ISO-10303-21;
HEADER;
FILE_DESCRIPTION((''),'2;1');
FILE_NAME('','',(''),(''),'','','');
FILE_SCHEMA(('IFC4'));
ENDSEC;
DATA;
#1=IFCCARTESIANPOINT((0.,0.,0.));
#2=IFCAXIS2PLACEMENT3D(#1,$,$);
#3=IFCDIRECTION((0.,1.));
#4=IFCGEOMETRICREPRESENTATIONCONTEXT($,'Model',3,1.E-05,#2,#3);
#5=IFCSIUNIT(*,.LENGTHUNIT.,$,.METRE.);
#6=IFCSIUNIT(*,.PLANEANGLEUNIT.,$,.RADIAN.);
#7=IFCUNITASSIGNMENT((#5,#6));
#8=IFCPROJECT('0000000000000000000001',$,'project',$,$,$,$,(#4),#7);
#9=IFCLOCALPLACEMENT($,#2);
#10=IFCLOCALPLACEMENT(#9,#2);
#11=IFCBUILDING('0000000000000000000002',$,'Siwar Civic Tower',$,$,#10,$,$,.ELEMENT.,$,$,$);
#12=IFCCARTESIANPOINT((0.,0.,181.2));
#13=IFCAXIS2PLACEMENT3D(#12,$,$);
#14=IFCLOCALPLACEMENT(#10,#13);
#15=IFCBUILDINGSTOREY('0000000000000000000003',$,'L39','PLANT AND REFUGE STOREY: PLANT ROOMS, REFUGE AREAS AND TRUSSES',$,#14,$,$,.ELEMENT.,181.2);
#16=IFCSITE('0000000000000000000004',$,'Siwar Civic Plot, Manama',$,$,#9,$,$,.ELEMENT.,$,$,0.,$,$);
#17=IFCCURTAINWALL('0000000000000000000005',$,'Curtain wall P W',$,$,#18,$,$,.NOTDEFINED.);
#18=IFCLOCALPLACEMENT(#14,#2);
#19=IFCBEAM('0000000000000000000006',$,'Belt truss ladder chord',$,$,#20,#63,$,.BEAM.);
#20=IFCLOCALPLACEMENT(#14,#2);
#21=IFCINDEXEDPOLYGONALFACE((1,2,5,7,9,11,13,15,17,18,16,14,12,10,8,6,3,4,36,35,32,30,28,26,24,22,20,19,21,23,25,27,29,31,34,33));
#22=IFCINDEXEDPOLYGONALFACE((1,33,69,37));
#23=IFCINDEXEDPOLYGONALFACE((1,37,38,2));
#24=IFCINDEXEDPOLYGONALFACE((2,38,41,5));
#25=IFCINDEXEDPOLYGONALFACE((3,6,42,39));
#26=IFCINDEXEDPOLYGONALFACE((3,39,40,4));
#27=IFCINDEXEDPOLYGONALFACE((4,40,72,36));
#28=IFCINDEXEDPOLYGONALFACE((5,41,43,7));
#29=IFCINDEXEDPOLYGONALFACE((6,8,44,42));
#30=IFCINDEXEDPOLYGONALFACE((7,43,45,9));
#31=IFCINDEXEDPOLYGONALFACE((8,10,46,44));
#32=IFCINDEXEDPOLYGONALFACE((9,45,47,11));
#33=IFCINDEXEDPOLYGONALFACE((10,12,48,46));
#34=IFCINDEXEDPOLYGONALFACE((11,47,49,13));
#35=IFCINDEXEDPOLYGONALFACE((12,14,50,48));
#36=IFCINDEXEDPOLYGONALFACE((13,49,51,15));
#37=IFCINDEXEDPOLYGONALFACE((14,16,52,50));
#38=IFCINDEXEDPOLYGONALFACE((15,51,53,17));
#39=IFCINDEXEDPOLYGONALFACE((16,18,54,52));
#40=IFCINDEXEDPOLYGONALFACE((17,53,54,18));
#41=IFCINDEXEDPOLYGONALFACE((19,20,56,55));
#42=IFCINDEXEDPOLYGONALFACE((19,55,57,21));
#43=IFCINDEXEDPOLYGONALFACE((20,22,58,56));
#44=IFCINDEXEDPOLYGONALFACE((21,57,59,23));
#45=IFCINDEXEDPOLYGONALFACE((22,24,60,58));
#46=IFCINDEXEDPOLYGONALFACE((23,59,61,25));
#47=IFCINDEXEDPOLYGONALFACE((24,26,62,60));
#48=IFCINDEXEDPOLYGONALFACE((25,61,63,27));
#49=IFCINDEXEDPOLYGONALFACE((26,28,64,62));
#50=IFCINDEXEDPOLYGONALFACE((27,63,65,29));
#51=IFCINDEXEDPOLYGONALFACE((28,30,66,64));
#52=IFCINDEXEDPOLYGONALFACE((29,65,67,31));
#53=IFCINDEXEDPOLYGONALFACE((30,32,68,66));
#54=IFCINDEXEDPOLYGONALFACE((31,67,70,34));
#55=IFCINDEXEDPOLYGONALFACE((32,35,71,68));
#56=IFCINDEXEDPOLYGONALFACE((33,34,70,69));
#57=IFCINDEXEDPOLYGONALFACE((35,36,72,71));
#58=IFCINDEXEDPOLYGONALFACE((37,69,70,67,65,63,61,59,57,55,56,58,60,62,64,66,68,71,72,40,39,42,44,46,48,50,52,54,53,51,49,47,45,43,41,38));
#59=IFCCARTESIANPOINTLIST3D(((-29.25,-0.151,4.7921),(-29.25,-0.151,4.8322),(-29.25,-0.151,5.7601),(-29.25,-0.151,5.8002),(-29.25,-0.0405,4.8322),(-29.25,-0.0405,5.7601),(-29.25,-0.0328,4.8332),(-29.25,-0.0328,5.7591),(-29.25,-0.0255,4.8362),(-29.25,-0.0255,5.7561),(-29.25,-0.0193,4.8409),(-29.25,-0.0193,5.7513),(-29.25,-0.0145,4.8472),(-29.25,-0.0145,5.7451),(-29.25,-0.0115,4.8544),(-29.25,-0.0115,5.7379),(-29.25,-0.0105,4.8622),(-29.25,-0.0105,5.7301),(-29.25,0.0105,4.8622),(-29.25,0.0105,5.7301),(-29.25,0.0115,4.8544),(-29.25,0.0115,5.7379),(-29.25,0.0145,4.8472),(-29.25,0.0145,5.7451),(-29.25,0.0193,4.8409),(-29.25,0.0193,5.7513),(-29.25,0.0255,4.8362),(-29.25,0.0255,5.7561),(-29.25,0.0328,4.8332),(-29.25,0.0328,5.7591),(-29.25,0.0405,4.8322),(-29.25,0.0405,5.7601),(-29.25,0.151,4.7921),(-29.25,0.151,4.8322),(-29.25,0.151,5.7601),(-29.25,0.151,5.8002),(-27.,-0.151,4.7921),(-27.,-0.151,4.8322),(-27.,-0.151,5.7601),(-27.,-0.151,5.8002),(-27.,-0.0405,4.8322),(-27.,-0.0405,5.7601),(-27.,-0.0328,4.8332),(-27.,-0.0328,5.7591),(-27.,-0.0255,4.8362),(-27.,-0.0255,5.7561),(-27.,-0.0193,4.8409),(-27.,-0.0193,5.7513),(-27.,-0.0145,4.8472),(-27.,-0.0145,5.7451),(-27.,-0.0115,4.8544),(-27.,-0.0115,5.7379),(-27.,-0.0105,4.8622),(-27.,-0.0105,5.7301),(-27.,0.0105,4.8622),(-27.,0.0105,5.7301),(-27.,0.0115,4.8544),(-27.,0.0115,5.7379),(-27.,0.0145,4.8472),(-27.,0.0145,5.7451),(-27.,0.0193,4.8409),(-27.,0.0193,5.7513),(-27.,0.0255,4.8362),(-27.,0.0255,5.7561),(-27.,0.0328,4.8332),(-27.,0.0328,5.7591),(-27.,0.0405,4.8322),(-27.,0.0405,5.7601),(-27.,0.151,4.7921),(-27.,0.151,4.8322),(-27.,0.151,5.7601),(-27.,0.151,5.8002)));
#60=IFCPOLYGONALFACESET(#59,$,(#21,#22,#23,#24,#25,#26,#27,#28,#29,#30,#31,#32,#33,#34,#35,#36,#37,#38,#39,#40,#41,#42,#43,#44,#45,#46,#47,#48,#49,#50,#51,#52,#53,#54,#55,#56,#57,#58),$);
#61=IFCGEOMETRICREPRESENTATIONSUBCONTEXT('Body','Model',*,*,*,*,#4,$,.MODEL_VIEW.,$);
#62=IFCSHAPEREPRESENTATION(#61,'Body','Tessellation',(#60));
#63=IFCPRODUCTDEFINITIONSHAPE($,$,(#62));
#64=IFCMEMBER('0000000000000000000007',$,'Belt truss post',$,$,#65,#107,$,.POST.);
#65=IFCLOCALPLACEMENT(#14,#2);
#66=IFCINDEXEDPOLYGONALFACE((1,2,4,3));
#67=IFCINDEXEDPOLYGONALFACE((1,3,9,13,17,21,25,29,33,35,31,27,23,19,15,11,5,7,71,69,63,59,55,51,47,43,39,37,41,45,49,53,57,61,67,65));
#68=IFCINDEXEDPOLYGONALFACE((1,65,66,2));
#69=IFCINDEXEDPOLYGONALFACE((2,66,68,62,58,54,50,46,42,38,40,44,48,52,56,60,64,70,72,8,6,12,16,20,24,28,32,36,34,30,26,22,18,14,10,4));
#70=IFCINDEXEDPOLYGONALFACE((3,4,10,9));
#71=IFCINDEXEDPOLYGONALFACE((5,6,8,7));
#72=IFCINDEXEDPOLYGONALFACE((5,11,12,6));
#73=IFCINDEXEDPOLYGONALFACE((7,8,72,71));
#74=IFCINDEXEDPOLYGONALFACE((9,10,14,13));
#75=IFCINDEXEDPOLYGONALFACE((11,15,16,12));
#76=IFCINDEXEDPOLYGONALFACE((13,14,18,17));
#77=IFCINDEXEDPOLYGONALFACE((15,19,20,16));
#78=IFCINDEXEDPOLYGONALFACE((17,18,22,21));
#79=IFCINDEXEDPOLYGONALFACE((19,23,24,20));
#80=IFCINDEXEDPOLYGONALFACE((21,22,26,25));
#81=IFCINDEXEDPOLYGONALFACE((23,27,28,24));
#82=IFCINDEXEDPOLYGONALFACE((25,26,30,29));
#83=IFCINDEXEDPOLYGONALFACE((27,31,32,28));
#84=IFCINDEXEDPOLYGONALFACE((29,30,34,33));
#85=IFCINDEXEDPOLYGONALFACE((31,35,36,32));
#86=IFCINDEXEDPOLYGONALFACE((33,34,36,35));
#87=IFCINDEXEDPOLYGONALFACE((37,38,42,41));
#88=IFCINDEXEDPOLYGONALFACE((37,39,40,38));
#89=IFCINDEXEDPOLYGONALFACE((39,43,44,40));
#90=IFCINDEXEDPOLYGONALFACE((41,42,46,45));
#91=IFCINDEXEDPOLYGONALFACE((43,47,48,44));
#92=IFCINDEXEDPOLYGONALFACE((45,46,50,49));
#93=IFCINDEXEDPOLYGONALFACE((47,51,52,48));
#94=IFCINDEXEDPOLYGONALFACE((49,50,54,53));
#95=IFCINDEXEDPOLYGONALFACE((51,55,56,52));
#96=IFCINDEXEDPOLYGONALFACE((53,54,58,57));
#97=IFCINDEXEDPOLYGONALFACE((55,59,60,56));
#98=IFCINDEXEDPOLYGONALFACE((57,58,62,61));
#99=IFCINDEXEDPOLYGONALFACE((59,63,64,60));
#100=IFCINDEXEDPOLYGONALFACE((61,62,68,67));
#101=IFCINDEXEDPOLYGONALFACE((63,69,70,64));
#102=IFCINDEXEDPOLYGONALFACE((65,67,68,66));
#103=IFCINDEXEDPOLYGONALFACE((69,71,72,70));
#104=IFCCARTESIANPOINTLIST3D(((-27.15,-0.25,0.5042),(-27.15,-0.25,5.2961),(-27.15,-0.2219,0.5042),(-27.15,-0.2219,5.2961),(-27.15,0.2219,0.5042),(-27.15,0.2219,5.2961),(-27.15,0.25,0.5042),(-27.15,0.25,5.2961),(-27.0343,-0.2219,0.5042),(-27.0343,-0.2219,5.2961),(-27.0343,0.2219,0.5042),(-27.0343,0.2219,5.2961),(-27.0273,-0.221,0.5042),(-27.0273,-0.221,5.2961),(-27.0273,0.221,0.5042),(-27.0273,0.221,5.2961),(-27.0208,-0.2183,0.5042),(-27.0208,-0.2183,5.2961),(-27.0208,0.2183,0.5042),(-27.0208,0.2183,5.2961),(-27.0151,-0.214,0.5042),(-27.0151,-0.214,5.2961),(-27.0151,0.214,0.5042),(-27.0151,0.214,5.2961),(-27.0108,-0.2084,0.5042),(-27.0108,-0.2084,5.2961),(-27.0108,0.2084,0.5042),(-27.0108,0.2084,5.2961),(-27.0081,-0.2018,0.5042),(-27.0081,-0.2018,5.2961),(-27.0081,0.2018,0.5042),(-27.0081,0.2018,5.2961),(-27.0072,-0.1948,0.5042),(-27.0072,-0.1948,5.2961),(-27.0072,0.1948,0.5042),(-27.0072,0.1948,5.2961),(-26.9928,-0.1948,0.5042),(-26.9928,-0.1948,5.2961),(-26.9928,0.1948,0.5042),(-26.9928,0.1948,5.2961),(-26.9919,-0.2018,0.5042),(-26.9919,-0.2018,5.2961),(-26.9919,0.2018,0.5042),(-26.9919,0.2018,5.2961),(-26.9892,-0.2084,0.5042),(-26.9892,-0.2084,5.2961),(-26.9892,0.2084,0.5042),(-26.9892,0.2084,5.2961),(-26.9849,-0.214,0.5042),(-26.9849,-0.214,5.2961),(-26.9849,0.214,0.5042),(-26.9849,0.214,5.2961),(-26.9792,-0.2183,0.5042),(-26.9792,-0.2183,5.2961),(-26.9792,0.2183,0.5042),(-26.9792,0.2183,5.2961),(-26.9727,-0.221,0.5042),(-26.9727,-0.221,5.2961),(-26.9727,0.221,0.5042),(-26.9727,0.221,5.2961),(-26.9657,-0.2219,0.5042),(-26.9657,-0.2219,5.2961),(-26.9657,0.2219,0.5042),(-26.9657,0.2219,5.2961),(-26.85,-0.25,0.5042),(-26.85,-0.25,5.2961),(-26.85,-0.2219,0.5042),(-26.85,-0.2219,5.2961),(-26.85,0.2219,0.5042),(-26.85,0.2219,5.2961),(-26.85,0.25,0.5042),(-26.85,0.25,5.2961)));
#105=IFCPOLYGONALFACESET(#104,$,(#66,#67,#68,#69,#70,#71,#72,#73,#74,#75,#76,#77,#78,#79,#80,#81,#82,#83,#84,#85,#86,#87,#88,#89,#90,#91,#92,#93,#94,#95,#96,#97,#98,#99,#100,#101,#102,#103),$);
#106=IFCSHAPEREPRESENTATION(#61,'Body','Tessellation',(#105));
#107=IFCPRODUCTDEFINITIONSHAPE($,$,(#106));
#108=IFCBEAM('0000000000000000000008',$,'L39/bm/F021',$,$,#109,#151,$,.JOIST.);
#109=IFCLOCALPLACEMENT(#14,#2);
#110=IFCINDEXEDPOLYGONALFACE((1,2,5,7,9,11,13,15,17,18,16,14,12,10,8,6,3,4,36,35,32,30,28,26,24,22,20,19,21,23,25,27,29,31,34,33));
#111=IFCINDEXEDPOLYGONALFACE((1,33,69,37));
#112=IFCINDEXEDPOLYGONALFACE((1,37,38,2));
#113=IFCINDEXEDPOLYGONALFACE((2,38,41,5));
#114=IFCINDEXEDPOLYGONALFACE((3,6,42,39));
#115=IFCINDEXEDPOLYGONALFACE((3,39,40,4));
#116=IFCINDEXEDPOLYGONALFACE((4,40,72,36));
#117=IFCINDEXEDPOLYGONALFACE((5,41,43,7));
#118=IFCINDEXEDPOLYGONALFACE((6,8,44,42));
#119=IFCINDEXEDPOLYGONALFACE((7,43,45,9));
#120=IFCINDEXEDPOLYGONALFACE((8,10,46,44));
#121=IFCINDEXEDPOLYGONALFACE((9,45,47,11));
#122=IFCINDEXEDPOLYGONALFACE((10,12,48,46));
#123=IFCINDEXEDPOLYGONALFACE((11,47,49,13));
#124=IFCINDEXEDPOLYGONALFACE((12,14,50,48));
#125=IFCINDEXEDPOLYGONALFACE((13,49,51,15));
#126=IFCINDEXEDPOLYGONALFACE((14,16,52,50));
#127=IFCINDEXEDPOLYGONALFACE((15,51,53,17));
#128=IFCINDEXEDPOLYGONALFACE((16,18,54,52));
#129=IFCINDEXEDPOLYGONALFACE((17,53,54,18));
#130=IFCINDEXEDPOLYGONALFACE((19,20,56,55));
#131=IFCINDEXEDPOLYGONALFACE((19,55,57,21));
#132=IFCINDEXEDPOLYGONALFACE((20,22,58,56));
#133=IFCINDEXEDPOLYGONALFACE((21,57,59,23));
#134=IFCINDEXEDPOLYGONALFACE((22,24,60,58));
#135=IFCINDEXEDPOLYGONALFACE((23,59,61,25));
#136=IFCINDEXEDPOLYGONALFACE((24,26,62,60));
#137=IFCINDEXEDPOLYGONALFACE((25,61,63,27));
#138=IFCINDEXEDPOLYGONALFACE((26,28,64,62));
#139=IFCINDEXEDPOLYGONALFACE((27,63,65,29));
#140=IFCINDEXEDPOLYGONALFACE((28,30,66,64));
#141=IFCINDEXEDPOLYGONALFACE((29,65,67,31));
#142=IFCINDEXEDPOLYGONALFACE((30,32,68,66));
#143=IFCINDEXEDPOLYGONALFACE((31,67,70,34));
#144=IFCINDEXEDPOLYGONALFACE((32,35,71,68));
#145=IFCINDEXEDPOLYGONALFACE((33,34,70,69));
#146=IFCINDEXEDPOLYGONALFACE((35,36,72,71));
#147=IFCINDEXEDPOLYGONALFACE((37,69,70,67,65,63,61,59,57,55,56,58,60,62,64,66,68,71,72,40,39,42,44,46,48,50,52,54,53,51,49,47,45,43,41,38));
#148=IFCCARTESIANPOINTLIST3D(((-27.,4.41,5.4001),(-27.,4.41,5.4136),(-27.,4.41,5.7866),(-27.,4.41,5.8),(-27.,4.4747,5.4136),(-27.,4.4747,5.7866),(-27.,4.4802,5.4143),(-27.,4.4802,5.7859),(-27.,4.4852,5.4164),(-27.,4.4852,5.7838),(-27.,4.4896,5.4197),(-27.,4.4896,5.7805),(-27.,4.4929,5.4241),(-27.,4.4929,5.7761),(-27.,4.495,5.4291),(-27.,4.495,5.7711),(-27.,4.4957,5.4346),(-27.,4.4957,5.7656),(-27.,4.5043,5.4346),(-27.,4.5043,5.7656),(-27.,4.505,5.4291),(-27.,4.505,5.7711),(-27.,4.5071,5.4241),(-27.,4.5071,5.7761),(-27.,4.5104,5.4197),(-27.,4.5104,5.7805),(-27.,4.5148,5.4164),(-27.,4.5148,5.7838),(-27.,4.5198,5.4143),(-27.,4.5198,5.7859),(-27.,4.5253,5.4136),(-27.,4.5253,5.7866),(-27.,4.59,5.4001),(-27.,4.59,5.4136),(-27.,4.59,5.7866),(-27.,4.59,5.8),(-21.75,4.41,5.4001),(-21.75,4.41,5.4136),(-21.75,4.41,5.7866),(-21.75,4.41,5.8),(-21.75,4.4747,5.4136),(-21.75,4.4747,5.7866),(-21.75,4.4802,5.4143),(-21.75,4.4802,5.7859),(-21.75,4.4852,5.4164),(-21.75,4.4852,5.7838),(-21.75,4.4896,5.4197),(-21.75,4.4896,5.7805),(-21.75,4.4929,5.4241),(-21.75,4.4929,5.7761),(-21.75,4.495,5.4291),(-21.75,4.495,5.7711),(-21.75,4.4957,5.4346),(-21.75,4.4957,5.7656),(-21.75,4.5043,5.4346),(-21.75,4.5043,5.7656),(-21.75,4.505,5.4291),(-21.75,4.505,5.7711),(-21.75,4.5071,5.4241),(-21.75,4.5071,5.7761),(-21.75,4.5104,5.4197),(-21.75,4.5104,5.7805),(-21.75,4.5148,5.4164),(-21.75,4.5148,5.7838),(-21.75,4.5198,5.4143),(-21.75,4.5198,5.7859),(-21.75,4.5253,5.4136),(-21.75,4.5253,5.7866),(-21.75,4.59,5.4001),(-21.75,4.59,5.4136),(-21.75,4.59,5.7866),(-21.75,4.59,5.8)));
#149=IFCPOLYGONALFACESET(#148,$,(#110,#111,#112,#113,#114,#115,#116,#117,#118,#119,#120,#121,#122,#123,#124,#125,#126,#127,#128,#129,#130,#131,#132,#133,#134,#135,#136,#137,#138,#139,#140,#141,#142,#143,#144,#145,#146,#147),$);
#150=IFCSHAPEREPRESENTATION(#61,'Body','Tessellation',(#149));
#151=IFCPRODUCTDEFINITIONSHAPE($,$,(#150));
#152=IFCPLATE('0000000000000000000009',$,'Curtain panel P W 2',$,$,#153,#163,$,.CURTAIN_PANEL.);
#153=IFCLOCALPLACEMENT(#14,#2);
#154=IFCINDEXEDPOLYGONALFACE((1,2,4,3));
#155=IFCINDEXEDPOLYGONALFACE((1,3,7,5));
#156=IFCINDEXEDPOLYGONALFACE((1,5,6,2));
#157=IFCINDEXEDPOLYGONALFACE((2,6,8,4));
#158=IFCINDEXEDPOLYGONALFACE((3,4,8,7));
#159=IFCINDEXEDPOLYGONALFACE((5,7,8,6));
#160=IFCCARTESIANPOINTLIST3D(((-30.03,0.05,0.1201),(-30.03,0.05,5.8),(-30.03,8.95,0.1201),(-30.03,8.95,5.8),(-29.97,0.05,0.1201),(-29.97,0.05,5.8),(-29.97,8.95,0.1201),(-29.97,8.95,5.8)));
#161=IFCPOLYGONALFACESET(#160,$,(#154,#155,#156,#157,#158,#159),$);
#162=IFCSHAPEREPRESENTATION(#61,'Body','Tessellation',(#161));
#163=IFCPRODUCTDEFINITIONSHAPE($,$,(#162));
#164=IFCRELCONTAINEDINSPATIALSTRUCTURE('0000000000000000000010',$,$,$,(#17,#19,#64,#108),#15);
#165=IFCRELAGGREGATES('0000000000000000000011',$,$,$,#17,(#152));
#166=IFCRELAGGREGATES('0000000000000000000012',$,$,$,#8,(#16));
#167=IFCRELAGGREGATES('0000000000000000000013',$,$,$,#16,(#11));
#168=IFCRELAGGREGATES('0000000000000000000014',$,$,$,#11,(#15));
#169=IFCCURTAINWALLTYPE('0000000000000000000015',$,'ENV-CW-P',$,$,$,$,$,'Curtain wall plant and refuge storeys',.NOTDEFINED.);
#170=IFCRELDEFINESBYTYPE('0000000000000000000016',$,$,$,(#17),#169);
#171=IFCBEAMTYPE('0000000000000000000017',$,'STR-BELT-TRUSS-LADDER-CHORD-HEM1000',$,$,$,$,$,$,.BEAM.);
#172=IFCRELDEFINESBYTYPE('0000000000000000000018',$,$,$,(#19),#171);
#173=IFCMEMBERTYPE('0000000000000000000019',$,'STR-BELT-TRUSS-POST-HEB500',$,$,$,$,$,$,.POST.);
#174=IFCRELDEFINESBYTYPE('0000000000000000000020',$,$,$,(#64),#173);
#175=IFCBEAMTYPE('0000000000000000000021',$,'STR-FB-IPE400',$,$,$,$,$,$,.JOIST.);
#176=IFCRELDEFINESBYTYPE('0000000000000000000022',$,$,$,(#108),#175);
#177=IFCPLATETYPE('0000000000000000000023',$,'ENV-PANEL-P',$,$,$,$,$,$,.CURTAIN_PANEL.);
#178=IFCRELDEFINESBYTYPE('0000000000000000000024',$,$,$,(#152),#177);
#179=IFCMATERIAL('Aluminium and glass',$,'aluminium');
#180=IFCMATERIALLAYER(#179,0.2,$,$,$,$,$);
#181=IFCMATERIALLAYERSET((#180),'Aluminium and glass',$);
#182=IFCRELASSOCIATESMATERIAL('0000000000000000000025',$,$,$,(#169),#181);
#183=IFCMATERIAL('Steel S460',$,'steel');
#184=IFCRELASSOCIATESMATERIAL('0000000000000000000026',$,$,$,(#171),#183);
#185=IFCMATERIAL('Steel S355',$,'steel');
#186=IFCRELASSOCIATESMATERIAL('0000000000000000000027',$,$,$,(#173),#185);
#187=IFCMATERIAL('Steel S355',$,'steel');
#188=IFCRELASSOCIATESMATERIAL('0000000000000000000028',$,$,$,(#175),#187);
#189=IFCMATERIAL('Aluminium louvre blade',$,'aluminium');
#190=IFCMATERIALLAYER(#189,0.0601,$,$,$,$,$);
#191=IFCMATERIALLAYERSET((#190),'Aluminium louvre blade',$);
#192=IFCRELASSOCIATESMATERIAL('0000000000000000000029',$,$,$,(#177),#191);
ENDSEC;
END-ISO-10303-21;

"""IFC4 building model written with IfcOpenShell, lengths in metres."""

from ifc_helpers import new_model, si_unit, direction, frame, origin, origin_2d, place, context, subcontext, project, spatial, rectangle, i_section, extrude, material, layer, layer_set, material_profile, profile_set, type_object, element, aggregate, save


model = new_model("IFC4")

# Units and contexts
model_context = context("Model", 3, precision=1e-05, world=origin(), true_north=direction((0.0, 1.0)))
body_context = subcontext(model_context, "Body", "Model", "MODEL_VIEW")
ifc_project = project(units=[si_unit("LENGTHUNIT", "METRE"), si_unit("PLANEANGLEUNIT", "RADIAN")], contexts=[model_context])

# Site, building, storey
site_placement = place(None, origin())
site = spatial("IfcSite", under=ifc_project, at=site_placement, Name="Siwar Civic Plot, Manama", CompositionType="ELEMENT", RefElevation=0.0)
building_placement = place(site_placement, origin())
building = spatial("IfcBuilding", under=site, at=building_placement, Name="Siwar Civic Tower", CompositionType="ELEMENT")
storey_placement = place(building_placement, frame((0.0, 0.0, 181.2)))
storey = spatial("IfcBuildingStorey", under=building, at=storey_placement, Name="L39", Description="PLANT AND REFUGE STOREY: PLANT ROOMS, REFUGE AREAS AND TRUSSES", CompositionType="ELEMENT", Elevation=181.2)

# Curtain wall
ifc_material_1 = material(Name="Aluminium and glass", Category="aluminium")
ifc_layer_1 = layer(ifc_material_1, 0.2)
ifc_layer_set_1 = layer_set([ifc_layer_1], Name="Aluminium and glass")
curtain_wall_type = type_object("IfcCurtainWallType", Name="ENV-CW-P", ElementType="Curtain wall plant and refuge storeys", PredefinedType="NOTDEFINED", material=ifc_layer_set_1)
curtain_wall_placement = place(storey_placement, origin())
curtain_wall = element("IfcCurtainWall", 1, at=curtain_wall_placement, inside=storey, type_object=curtain_wall_type, Name="Curtain wall P W", PredefinedType="NOTDEFINED")

# Beam
ifc_material_2 = material(Name="Steel S460", Category="steel")
ifc_material_profile_1 = material_profile(ifc_material_2, i_section(OverallWidth=0.302, OverallDepth=1.0081, WebThickness=0.021, FlangeThickness=0.04, FilletRadius=0.03, at=origin_2d()), Name="HEM1000")
ifc_profile_set_1 = profile_set([ifc_material_profile_1], Name="Steel S460")
beam_type_1 = type_object("IfcBeamType", Name="STR-BELT-TRUSS-LADDER-CHORD-HEM1000", PredefinedType="BEAM", material=ifc_profile_set_1)
for number, where, z_axis, x_axis, name in (
    (2, (-27.0, 0.0, 5.2961), (-1.0, 0.0, 0.0), (0.0, -1.0, 0.0), "Belt truss ladder chord"),
):
    element("IfcBeam", number, at=place(storey_placement, frame(where, z_axis=z_axis, x_axis=x_axis)), inside=storey, type_object=beam_type_1, Name=name, PredefinedType="BEAM", context=body_context, shape_type="SweptSolid", body=[
        extrude(i_section(OverallWidth=0.302, OverallDepth=1.0081, WebThickness=0.021, FlangeThickness=0.04, FilletRadius=0.03, at=origin_2d()), origin(), (0.0, 0.0, 1.0), 2.25),
    ])

# Member
ifc_material_3 = material(Name="Steel S355", Category="steel")
ifc_material_profile_2 = material_profile(ifc_material_3, i_section(OverallWidth=0.3, OverallDepth=0.5, WebThickness=0.0144, FlangeThickness=0.0281, FilletRadius=0.0271, at=origin_2d()), Name="HEB500")
ifc_profile_set_2 = profile_set([ifc_material_profile_2], Name="Steel S355")
member_type_1 = type_object("IfcMemberType", Name="STR-BELT-TRUSS-POST-HEB500", PredefinedType="POST", material=ifc_profile_set_2)
member_1_placement = place(storey_placement, frame((-27.0, 0.0, 0.5042), z_axis=(0.0, 0.0, 1.0), x_axis=(1.0, 0.0, 0.0)))
element("IfcMember", 3, at=member_1_placement, inside=storey, type_object=member_type_1, Name="Belt truss post", PredefinedType="POST", context=body_context, shape_type="SweptSolid", body=[
    extrude(i_section(OverallWidth=0.3, OverallDepth=0.5, WebThickness=0.0144, FlangeThickness=0.0281, FilletRadius=0.0271, at=origin_2d()), origin(), (0.0, 0.0, 1.0), 4.792),
])

# Beam
ifc_material_4 = material(Name="Steel S355", Category="steel")
ifc_material_profile_3 = material_profile(ifc_material_4, i_section(OverallWidth=0.1799, OverallDepth=0.3999, WebThickness=0.0085, FlangeThickness=0.0134, FilletRadius=0.021, at=origin_2d()), Name="IPE400")
ifc_profile_set_3 = profile_set([ifc_material_profile_3], Name="Steel S355")
beam_type_2 = type_object("IfcBeamType", Name="STR-FB-IPE400", PredefinedType="JOIST", material=ifc_profile_set_3)
beam_placement = place(storey_placement, frame((-27.0, 4.5, 5.6001), z_axis=(1.0, 0.0, 0.0), x_axis=(0.0, 1.0, 0.0)))
element("IfcBeam", 4, at=beam_placement, inside=storey, type_object=beam_type_2, Name="L39/bm/F021", PredefinedType="JOIST", context=body_context, shape_type="SweptSolid", body=[
    extrude(i_section(OverallWidth=0.1799, OverallDepth=0.3999, WebThickness=0.0085, FlangeThickness=0.0134, FilletRadius=0.021, at=origin_2d()), origin(), (0.0, 0.0, 1.0), 5.25),
])

# Plate
ifc_material_5 = material(Name="Aluminium louvre blade", Category="aluminium")
ifc_layer_2 = layer(ifc_material_5, 0.0601)
ifc_layer_set_2 = layer_set([ifc_layer_2], Name="Aluminium louvre blade")
plate_type = type_object("IfcPlateType", Name="ENV-PANEL-P", PredefinedType="CURTAIN_PANEL", material=ifc_layer_set_2)
plate_placement = place(storey_placement, frame((-30.0, 4.5, 0.1201), z_axis=(0.0, 0.0, 1.0), x_axis=(0.0, -1.0, 0.0)))
plate = element("IfcPlate", 5, at=plate_placement, type_object=plate_type, Name="Curtain panel P W 2", PredefinedType="CURTAIN_PANEL", context=body_context, shape_type="SweptSolid", body=[
    extrude(rectangle(XDim=8.8999, YDim=0.0601, at=origin_2d()), origin(), (0.0, 0.0, 1.0), 5.6799),
])
aggregate(curtain_wall, [plate])

save(model, "model.ifc")
